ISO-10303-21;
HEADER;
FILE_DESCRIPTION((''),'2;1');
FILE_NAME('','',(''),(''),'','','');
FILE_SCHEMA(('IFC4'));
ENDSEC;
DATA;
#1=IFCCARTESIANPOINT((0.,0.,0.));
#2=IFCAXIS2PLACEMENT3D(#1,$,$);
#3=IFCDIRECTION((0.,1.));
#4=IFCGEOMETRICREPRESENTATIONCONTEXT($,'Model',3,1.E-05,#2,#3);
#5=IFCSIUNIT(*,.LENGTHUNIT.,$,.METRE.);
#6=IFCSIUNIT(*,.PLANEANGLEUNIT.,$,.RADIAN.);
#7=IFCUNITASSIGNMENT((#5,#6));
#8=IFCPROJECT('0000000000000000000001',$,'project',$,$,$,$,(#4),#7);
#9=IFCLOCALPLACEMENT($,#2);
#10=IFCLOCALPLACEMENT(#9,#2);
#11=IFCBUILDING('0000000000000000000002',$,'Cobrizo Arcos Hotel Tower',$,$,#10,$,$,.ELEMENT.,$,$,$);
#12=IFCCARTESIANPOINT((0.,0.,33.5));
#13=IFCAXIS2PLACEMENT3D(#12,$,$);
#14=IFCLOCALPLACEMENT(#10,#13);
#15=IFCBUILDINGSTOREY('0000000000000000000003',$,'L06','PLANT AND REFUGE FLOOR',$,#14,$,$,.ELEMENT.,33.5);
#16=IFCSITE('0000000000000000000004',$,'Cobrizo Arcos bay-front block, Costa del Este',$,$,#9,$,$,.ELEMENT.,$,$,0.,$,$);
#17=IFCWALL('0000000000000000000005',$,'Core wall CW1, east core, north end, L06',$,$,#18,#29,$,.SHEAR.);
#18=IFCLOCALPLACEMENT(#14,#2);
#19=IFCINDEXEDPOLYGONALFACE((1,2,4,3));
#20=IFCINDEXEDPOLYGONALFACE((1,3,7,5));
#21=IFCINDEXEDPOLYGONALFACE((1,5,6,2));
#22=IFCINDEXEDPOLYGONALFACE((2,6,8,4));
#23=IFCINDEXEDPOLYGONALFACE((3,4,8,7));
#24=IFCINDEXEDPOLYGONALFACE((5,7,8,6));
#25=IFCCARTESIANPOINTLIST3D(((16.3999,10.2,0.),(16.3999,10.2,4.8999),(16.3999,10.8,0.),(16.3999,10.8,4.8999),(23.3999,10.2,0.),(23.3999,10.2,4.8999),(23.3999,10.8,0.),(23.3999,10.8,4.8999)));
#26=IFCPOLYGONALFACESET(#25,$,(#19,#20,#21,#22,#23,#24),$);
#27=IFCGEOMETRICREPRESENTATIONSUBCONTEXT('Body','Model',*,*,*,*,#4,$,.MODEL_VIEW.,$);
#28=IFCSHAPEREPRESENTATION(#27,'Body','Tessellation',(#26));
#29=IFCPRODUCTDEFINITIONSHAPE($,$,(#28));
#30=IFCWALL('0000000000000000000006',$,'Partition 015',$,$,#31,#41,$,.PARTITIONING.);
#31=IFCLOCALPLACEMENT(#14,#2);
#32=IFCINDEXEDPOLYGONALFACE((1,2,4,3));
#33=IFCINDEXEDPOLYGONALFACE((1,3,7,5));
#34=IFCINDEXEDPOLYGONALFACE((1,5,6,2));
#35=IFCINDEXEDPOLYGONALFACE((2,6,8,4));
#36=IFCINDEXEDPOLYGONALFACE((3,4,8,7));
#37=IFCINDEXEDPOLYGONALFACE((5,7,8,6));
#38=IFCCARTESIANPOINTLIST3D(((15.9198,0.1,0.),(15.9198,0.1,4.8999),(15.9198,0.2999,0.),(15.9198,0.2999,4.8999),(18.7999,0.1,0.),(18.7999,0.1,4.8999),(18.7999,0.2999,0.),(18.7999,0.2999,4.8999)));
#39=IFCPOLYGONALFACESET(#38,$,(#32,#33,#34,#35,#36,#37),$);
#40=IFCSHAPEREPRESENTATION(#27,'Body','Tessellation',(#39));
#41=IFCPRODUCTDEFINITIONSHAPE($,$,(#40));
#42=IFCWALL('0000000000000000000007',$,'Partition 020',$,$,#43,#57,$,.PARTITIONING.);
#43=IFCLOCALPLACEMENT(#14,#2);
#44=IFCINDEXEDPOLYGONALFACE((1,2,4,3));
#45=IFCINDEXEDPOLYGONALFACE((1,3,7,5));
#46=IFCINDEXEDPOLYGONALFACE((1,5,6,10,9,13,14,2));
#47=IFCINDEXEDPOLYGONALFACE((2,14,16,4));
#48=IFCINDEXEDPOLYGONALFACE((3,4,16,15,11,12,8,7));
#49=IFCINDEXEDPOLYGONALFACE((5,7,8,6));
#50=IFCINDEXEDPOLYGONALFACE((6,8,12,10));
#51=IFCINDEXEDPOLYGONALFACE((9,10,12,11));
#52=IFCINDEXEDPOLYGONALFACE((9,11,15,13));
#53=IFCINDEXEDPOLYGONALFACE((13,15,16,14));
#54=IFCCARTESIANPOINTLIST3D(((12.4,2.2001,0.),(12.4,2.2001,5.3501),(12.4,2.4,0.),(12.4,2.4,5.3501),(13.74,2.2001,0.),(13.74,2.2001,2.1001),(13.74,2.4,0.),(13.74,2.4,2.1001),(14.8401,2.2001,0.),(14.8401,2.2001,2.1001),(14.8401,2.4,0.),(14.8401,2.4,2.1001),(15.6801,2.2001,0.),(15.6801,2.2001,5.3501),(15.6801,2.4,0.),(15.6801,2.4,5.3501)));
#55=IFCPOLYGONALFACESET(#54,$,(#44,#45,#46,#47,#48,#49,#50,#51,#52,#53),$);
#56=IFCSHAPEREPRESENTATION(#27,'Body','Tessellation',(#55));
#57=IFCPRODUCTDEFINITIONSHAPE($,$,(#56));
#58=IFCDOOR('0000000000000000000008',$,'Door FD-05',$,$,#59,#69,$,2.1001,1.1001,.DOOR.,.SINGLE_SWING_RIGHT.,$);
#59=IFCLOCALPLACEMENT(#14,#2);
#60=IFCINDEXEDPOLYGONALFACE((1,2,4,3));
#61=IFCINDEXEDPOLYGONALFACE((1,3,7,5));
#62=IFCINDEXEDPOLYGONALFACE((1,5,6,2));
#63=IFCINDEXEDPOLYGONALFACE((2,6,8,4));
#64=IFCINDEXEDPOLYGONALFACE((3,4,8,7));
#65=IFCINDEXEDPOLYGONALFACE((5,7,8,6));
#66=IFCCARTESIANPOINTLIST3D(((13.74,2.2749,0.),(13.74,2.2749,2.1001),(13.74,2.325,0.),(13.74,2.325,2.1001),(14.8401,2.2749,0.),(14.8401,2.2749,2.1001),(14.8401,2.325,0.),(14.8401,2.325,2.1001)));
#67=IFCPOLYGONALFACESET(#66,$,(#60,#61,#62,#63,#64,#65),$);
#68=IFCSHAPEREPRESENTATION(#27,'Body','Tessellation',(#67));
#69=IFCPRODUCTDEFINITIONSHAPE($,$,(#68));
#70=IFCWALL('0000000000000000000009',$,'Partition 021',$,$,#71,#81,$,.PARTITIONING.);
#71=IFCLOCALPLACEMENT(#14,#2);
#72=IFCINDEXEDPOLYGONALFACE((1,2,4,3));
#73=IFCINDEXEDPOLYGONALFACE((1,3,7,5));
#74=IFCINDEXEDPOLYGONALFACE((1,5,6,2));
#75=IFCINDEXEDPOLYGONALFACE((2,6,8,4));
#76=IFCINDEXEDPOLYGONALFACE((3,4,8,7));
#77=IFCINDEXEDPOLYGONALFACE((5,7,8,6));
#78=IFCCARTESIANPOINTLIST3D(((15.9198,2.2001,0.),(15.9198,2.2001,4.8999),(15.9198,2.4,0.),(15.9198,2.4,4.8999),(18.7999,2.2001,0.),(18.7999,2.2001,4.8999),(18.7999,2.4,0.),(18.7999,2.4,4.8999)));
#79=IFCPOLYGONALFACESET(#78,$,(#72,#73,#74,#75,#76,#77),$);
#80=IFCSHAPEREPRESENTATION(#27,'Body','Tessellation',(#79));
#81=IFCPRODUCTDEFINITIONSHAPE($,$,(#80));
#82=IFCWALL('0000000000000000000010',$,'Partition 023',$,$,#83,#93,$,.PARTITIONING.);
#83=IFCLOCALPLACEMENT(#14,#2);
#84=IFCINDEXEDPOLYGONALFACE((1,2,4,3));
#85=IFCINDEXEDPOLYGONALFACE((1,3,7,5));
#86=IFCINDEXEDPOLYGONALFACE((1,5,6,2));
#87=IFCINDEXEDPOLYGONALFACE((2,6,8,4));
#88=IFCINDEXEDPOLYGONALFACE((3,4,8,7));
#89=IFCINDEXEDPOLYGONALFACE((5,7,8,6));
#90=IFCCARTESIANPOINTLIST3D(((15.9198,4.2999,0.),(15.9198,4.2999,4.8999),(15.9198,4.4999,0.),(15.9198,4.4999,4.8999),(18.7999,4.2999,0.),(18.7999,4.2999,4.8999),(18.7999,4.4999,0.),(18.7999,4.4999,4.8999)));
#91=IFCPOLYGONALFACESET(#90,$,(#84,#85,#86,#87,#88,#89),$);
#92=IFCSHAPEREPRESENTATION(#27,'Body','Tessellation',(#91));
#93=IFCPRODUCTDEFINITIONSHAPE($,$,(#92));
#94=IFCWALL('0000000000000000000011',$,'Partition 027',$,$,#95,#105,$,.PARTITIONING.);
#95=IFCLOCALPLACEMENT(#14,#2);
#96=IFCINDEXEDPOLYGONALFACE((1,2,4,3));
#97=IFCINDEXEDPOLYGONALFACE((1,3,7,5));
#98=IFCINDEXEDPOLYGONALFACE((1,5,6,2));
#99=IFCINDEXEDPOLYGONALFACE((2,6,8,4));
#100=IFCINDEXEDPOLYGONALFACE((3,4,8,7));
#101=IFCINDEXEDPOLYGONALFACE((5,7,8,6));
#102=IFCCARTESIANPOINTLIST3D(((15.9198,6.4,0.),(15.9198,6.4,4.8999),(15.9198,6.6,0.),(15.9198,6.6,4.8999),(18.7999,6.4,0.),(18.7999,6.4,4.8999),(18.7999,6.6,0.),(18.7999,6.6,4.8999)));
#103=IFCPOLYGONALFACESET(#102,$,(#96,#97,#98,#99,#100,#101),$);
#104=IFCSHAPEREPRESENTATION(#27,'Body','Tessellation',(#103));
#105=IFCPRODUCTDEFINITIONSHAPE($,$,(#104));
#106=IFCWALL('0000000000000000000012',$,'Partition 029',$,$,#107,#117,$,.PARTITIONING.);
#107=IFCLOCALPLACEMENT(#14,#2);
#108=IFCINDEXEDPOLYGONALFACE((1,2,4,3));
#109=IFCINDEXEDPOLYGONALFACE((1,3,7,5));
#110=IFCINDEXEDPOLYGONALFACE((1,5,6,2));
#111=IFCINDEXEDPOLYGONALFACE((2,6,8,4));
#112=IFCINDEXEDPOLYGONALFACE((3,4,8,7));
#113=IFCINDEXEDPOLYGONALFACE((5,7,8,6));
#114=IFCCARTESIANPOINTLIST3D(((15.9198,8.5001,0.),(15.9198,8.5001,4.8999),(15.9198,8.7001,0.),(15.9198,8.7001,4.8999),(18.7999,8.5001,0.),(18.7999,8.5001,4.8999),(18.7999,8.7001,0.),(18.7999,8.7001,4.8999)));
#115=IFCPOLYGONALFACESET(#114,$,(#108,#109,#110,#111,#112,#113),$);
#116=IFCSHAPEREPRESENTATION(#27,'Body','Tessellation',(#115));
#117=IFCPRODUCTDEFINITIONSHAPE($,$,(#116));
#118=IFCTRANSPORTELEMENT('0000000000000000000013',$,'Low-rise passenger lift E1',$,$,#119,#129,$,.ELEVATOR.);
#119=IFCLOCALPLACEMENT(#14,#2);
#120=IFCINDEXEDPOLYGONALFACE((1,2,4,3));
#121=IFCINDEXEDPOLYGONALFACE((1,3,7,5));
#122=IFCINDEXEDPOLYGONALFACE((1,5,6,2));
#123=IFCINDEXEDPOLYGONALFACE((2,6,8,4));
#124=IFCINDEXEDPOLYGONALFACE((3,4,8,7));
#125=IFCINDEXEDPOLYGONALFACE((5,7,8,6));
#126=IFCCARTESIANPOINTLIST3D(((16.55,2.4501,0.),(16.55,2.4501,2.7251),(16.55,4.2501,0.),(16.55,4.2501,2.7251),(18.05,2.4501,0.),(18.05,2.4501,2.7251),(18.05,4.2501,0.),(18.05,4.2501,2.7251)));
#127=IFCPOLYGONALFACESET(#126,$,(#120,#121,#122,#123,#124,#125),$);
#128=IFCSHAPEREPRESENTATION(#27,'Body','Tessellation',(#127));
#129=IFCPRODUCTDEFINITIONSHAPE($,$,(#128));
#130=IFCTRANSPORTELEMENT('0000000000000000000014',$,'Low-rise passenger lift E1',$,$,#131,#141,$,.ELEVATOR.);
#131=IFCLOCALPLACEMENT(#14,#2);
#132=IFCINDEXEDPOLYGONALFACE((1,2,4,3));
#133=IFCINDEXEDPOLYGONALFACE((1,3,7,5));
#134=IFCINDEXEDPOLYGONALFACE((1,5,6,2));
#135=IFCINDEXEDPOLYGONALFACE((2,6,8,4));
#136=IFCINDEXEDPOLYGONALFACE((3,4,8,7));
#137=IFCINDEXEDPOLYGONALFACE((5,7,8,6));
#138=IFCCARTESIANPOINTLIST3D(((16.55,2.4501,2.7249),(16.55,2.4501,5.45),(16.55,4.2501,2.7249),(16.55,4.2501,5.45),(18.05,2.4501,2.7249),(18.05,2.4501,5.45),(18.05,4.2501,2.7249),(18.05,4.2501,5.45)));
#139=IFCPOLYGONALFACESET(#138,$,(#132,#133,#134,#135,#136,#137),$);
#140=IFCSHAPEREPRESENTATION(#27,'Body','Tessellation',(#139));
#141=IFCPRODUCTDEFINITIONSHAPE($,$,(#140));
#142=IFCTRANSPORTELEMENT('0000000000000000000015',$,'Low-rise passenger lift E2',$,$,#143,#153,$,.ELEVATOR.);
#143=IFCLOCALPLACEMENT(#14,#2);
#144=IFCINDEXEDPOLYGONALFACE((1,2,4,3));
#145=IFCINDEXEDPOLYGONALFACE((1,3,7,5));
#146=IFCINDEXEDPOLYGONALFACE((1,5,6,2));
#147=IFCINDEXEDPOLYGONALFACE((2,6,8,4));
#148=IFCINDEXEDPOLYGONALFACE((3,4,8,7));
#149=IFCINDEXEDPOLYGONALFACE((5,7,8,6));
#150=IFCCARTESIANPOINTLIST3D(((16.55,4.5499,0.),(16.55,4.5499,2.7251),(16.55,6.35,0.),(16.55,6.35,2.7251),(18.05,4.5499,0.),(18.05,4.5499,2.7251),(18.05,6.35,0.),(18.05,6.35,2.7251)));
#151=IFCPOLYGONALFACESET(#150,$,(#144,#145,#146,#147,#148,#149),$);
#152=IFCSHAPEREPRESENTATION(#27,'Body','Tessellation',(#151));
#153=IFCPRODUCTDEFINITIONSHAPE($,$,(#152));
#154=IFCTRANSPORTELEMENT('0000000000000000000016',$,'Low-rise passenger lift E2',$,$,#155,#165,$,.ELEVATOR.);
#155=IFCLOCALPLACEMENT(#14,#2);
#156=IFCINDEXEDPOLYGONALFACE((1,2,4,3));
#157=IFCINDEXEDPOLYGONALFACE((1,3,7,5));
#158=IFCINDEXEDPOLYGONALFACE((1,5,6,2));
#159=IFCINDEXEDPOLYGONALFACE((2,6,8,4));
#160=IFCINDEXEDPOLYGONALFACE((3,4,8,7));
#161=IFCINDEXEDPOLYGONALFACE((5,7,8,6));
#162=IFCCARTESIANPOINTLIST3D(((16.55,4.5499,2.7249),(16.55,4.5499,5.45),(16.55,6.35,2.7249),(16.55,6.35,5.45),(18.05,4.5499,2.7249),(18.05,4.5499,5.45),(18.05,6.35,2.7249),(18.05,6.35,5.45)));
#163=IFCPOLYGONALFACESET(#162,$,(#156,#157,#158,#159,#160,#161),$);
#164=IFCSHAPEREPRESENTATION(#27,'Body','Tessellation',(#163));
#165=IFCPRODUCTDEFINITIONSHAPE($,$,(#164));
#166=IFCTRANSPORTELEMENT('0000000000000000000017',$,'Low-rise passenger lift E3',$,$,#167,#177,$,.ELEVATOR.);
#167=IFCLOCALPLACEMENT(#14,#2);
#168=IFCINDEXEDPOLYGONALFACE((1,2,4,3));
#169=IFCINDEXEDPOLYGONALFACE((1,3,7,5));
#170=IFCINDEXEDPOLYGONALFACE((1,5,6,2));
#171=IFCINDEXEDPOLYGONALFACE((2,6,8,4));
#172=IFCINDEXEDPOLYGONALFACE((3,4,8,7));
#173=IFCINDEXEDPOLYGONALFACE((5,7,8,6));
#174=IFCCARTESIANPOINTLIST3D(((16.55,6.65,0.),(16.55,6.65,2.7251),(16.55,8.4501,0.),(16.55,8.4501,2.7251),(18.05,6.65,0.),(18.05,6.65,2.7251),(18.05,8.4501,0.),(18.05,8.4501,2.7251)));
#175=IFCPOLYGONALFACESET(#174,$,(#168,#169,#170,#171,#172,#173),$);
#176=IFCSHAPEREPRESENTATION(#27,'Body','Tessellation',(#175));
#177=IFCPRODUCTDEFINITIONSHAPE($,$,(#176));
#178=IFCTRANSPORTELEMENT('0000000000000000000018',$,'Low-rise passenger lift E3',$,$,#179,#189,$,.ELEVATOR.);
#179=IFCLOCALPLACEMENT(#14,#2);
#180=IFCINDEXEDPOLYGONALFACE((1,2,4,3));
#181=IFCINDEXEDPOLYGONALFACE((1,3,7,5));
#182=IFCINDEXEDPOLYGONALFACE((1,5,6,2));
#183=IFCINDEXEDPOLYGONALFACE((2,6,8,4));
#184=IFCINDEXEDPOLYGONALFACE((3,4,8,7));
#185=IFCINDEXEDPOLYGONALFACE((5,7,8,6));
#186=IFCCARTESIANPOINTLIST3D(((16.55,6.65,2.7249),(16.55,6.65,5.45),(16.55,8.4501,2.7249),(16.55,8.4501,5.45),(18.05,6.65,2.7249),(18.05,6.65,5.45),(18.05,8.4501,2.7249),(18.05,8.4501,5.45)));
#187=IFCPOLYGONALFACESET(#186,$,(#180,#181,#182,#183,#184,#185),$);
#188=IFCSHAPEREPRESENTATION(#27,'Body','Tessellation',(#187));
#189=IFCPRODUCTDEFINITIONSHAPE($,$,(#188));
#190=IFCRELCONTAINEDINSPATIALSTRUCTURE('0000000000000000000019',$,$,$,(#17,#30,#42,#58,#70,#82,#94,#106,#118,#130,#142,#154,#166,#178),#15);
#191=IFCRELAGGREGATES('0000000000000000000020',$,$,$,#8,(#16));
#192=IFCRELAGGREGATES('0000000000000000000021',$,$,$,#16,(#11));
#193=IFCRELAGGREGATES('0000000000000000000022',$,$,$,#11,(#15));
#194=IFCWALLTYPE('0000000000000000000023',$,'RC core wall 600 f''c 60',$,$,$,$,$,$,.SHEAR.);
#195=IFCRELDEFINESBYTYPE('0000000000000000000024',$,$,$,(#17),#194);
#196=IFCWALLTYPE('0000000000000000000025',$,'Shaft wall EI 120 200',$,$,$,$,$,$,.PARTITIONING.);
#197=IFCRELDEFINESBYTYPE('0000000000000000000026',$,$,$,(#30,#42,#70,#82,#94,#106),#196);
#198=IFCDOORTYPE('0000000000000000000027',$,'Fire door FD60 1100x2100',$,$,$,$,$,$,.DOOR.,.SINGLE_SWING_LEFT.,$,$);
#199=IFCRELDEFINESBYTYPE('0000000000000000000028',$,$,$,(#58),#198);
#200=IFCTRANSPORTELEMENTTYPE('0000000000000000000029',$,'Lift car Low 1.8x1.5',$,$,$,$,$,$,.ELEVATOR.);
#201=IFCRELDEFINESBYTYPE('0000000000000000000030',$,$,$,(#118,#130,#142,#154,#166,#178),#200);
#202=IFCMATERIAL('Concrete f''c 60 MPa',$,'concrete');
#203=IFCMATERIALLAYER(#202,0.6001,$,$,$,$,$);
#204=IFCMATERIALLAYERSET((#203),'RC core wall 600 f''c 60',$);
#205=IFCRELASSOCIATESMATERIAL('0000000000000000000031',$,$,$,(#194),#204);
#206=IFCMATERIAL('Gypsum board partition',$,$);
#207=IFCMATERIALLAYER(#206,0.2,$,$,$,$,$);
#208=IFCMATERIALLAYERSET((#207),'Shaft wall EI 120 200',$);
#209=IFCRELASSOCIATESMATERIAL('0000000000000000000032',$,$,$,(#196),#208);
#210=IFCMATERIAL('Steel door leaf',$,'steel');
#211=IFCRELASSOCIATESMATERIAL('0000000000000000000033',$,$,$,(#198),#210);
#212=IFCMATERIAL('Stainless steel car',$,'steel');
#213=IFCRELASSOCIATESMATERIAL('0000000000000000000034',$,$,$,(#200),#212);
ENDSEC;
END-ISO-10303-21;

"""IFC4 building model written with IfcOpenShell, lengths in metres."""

from ifc_helpers import new_model, si_unit, direction, frame, frame_2d, origin, origin_2d, place, context, subcontext, project, spatial, rectangle, extrude, material, layer, layer_set, type_object, element, fill, save


model = new_model("IFC4")

# Units and contexts
model_context = context("Model", 3, precision=1e-05, world=origin(), true_north=direction((0.0, 1.0)))
body_context = subcontext(model_context, "Body", "Model", "MODEL_VIEW")
ifc_project = project(units=[si_unit("LENGTHUNIT", "METRE"), si_unit("PLANEANGLEUNIT", "RADIAN")], contexts=[model_context])

# Site, building, storey
site_placement = place(None, origin())
site = spatial("IfcSite", under=ifc_project, at=site_placement, Name="Cobrizo Arcos bay-front block, Costa del Este", CompositionType="ELEMENT", RefElevation=0.0)
building_placement = place(site_placement, origin())
building = spatial("IfcBuilding", under=site, at=building_placement, Name="Cobrizo Arcos Hotel Tower", CompositionType="ELEMENT")
storey_placement = place(building_placement, frame((0.0, 0.0, 33.5)))
storey = spatial("IfcBuildingStorey", under=building, at=storey_placement, Name="L06", Description="PLANT AND REFUGE FLOOR", CompositionType="ELEMENT", Elevation=33.5)

# Shared definitions
ifc_material_1 = material(Name="Gypsum board partition")

# Walls
ifc_material_2 = material(Name="Concrete f'c 60 MPa", Category="concrete")
ifc_layer_1 = layer(ifc_material_2, 0.6001)
ifc_layer_set_1 = layer_set([ifc_layer_1], Name="RC core wall 600 f'c 60")
wall_type_1 = type_object("IfcWallType", Name="RC core wall 600 f'c 60", PredefinedType="SHEAR", material=ifc_layer_set_1)
wall_1_placement = place(storey_placement, frame((16.3999, 10.5, 0.0), z_axis=(0.0, 0.0, 1.0), x_axis=(1.0, 0.0, 0.0)))
element("IfcWall", 1, at=wall_1_placement, inside=storey, type_object=wall_type_1, Name="Core wall CW1, east core, north end, L06", PredefinedType="SHEAR", context=body_context, shape_type="SweptSolid", body=[
    extrude(rectangle(XDim=7.0, YDim=0.6001, at=frame_2d((3.5, 0.0))), origin(), (0.0, 0.0, 1.0), 4.8999),
])
ifc_layer_2 = layer(ifc_material_1, 0.2)
ifc_layer_set_2 = layer_set([ifc_layer_2], Name="Shaft wall EI 120 200")
wall_type_2 = type_object("IfcWallType", Name="Shaft wall EI 120 200", PredefinedType="PARTITIONING", material=ifc_layer_set_2)
wall_2_placement = place(storey_placement, frame((15.9199, 0.2, 0.0), z_axis=(0.0, 0.0, 1.0), x_axis=(1.0, 0.0, 0.0)))
element("IfcWall", 2, at=wall_2_placement, inside=storey, type_object=wall_type_2, Name="Partition 015", PredefinedType="PARTITIONING", context=body_context, shape_type="SweptSolid", body=[
    extrude(rectangle(XDim=2.8801, YDim=0.2, at=frame_2d((1.4399, 0.0))), origin(), (0.0, 0.0, 1.0), 4.8999),
])

# Wall, opening, door
wall_3_placement = place(storey_placement, frame((12.3999, 2.3, 0.0), z_axis=(0.0, 0.0, 1.0), x_axis=(1.0, 0.0, 0.0)))
wall_3 = element("IfcWall", 3, at=wall_3_placement, inside=storey, type_object=wall_type_2, Name="Partition 020", PredefinedType="PARTITIONING", context=body_context, shape_type="SweptSolid", body=[
    extrude(rectangle(XDim=3.28, YDim=0.2, at=frame_2d((1.6401, 0.0))), origin(), (0.0, 0.0, 1.0), 5.3501),
])
opening_1_placement = place(wall_3_placement, frame((1.3401, 0.0, 0.0)))
opening_1 = element("IfcOpeningElement", 4, at=opening_1_placement, cuts=wall_3, PredefinedType="OPENING", context=body_context, shape_type="SweptSolid", body=[
    extrude(rectangle(XDim=1.1001, YDim=2.1001, at=frame_2d((0.55, 1.05))), frame((0.0, 0.1121, 0.0), z_axis=(0.0, -1.0, 0.0), x_axis=(1.0, 0.0, 0.0)), (0.0, 0.0, 1.0), 0.2239),
])
ifc_material_3 = material(Name="Steel door leaf", Category="steel")
door_type_1 = type_object("IfcDoorType", Name="Fire door FD60 1100x2100", OperationType="SINGLE_SWING_LEFT", PredefinedType="DOOR", material=ifc_material_3)
door_1_placement = place(opening_1_placement, origin())
door_1 = element("IfcDoor", 5, at=door_1_placement, inside=storey, type_object=door_type_1, Name="Door FD-05", OperationType="SINGLE_SWING_RIGHT", OverallHeight=2.1001, OverallWidth=1.1001, PredefinedType="DOOR", context=body_context, shape_type="SweptSolid", body=[
    extrude(rectangle(XDim=1.1001, YDim=2.1001, at=frame_2d((0.55, 1.05))), frame((0.0, 0.0249, 0.0), z_axis=(0.0, -1.0, 0.0), x_axis=(1.0, 0.0, 0.0)), (0.0, 0.0, 1.0), 0.05),
])
fill(opening_1, door_1)

# Walls
for number, where, z_axis, x_axis, name in (
    (6, (15.9199, 2.3, 0.0), (0.0, 0.0, 1.0), (1.0, 0.0, 0.0), "Partition 021"),
    (7, (15.9199, 4.3999, 0.0), (0.0, 0.0, 1.0), (1.0, 0.0, 0.0), "Partition 023"),
    (8, (15.9199, 6.5, 0.0), (0.0, 0.0, 1.0), (1.0, 0.0, 0.0), "Partition 027"),
    (9, (15.9199, 8.6001, 0.0), (0.0, 0.0, 1.0), (1.0, 0.0, 0.0), "Partition 029"),
):
    element("IfcWall", number, at=place(storey_placement, frame(where, z_axis=z_axis, x_axis=x_axis)), inside=storey, type_object=wall_type_2, Name=name, PredefinedType="PARTITIONING", context=body_context, shape_type="SweptSolid", body=[
        extrude(rectangle(XDim=2.8801, YDim=0.2, at=frame_2d((1.4399, 0.0))), origin(), (0.0, 0.0, 1.0), 4.8999),
    ])

# Transport elements
ifc_material_4 = material(Name="Stainless steel car", Category="steel")
transport_element_type = type_object("IfcTransportElementType", Name="Lift car Low 1.8x1.5", PredefinedType="ELEVATOR", material=ifc_material_4)
for number, where, z_axis, x_axis, name in (
    (10, (17.3, 3.3501, 0.0), (0.0, 0.0, 1.0), (1.0, 0.0, 0.0), "Low-rise passenger lift E1"),
    (11, (17.3, 3.3501, 2.7249), (0.0, 0.0, 1.0), (1.0, 0.0, 0.0), "Low-rise passenger lift E1"),
    (12, (17.3, 5.45, 0.0), (0.0, 0.0, 1.0), (1.0, 0.0, 0.0), "Low-rise passenger lift E2"),
    (13, (17.3, 5.45, 2.7249), (0.0, 0.0, 1.0), (1.0, 0.0, 0.0), "Low-rise passenger lift E2"),
    (14, (17.3, 7.55, 0.0), (0.0, 0.0, 1.0), (1.0, 0.0, 0.0), "Low-rise passenger lift E3"),
    (15, (17.3, 7.55, 2.7249), (0.0, 0.0, 1.0), (1.0, 0.0, 0.0), "Low-rise passenger lift E3"),
):
    element("IfcTransportElement", number, at=place(storey_placement, frame(where, z_axis=z_axis, x_axis=x_axis)), inside=storey, type_object=transport_element_type, Name=name, PredefinedType="ELEVATOR", context=body_context, shape_type="SweptSolid", body=[
        extrude(rectangle(XDim=1.5, YDim=1.8, at=origin_2d()), origin(), (0.0, 0.0, 1.0), 2.7251),
    ])

save(model, "model.ifc")
